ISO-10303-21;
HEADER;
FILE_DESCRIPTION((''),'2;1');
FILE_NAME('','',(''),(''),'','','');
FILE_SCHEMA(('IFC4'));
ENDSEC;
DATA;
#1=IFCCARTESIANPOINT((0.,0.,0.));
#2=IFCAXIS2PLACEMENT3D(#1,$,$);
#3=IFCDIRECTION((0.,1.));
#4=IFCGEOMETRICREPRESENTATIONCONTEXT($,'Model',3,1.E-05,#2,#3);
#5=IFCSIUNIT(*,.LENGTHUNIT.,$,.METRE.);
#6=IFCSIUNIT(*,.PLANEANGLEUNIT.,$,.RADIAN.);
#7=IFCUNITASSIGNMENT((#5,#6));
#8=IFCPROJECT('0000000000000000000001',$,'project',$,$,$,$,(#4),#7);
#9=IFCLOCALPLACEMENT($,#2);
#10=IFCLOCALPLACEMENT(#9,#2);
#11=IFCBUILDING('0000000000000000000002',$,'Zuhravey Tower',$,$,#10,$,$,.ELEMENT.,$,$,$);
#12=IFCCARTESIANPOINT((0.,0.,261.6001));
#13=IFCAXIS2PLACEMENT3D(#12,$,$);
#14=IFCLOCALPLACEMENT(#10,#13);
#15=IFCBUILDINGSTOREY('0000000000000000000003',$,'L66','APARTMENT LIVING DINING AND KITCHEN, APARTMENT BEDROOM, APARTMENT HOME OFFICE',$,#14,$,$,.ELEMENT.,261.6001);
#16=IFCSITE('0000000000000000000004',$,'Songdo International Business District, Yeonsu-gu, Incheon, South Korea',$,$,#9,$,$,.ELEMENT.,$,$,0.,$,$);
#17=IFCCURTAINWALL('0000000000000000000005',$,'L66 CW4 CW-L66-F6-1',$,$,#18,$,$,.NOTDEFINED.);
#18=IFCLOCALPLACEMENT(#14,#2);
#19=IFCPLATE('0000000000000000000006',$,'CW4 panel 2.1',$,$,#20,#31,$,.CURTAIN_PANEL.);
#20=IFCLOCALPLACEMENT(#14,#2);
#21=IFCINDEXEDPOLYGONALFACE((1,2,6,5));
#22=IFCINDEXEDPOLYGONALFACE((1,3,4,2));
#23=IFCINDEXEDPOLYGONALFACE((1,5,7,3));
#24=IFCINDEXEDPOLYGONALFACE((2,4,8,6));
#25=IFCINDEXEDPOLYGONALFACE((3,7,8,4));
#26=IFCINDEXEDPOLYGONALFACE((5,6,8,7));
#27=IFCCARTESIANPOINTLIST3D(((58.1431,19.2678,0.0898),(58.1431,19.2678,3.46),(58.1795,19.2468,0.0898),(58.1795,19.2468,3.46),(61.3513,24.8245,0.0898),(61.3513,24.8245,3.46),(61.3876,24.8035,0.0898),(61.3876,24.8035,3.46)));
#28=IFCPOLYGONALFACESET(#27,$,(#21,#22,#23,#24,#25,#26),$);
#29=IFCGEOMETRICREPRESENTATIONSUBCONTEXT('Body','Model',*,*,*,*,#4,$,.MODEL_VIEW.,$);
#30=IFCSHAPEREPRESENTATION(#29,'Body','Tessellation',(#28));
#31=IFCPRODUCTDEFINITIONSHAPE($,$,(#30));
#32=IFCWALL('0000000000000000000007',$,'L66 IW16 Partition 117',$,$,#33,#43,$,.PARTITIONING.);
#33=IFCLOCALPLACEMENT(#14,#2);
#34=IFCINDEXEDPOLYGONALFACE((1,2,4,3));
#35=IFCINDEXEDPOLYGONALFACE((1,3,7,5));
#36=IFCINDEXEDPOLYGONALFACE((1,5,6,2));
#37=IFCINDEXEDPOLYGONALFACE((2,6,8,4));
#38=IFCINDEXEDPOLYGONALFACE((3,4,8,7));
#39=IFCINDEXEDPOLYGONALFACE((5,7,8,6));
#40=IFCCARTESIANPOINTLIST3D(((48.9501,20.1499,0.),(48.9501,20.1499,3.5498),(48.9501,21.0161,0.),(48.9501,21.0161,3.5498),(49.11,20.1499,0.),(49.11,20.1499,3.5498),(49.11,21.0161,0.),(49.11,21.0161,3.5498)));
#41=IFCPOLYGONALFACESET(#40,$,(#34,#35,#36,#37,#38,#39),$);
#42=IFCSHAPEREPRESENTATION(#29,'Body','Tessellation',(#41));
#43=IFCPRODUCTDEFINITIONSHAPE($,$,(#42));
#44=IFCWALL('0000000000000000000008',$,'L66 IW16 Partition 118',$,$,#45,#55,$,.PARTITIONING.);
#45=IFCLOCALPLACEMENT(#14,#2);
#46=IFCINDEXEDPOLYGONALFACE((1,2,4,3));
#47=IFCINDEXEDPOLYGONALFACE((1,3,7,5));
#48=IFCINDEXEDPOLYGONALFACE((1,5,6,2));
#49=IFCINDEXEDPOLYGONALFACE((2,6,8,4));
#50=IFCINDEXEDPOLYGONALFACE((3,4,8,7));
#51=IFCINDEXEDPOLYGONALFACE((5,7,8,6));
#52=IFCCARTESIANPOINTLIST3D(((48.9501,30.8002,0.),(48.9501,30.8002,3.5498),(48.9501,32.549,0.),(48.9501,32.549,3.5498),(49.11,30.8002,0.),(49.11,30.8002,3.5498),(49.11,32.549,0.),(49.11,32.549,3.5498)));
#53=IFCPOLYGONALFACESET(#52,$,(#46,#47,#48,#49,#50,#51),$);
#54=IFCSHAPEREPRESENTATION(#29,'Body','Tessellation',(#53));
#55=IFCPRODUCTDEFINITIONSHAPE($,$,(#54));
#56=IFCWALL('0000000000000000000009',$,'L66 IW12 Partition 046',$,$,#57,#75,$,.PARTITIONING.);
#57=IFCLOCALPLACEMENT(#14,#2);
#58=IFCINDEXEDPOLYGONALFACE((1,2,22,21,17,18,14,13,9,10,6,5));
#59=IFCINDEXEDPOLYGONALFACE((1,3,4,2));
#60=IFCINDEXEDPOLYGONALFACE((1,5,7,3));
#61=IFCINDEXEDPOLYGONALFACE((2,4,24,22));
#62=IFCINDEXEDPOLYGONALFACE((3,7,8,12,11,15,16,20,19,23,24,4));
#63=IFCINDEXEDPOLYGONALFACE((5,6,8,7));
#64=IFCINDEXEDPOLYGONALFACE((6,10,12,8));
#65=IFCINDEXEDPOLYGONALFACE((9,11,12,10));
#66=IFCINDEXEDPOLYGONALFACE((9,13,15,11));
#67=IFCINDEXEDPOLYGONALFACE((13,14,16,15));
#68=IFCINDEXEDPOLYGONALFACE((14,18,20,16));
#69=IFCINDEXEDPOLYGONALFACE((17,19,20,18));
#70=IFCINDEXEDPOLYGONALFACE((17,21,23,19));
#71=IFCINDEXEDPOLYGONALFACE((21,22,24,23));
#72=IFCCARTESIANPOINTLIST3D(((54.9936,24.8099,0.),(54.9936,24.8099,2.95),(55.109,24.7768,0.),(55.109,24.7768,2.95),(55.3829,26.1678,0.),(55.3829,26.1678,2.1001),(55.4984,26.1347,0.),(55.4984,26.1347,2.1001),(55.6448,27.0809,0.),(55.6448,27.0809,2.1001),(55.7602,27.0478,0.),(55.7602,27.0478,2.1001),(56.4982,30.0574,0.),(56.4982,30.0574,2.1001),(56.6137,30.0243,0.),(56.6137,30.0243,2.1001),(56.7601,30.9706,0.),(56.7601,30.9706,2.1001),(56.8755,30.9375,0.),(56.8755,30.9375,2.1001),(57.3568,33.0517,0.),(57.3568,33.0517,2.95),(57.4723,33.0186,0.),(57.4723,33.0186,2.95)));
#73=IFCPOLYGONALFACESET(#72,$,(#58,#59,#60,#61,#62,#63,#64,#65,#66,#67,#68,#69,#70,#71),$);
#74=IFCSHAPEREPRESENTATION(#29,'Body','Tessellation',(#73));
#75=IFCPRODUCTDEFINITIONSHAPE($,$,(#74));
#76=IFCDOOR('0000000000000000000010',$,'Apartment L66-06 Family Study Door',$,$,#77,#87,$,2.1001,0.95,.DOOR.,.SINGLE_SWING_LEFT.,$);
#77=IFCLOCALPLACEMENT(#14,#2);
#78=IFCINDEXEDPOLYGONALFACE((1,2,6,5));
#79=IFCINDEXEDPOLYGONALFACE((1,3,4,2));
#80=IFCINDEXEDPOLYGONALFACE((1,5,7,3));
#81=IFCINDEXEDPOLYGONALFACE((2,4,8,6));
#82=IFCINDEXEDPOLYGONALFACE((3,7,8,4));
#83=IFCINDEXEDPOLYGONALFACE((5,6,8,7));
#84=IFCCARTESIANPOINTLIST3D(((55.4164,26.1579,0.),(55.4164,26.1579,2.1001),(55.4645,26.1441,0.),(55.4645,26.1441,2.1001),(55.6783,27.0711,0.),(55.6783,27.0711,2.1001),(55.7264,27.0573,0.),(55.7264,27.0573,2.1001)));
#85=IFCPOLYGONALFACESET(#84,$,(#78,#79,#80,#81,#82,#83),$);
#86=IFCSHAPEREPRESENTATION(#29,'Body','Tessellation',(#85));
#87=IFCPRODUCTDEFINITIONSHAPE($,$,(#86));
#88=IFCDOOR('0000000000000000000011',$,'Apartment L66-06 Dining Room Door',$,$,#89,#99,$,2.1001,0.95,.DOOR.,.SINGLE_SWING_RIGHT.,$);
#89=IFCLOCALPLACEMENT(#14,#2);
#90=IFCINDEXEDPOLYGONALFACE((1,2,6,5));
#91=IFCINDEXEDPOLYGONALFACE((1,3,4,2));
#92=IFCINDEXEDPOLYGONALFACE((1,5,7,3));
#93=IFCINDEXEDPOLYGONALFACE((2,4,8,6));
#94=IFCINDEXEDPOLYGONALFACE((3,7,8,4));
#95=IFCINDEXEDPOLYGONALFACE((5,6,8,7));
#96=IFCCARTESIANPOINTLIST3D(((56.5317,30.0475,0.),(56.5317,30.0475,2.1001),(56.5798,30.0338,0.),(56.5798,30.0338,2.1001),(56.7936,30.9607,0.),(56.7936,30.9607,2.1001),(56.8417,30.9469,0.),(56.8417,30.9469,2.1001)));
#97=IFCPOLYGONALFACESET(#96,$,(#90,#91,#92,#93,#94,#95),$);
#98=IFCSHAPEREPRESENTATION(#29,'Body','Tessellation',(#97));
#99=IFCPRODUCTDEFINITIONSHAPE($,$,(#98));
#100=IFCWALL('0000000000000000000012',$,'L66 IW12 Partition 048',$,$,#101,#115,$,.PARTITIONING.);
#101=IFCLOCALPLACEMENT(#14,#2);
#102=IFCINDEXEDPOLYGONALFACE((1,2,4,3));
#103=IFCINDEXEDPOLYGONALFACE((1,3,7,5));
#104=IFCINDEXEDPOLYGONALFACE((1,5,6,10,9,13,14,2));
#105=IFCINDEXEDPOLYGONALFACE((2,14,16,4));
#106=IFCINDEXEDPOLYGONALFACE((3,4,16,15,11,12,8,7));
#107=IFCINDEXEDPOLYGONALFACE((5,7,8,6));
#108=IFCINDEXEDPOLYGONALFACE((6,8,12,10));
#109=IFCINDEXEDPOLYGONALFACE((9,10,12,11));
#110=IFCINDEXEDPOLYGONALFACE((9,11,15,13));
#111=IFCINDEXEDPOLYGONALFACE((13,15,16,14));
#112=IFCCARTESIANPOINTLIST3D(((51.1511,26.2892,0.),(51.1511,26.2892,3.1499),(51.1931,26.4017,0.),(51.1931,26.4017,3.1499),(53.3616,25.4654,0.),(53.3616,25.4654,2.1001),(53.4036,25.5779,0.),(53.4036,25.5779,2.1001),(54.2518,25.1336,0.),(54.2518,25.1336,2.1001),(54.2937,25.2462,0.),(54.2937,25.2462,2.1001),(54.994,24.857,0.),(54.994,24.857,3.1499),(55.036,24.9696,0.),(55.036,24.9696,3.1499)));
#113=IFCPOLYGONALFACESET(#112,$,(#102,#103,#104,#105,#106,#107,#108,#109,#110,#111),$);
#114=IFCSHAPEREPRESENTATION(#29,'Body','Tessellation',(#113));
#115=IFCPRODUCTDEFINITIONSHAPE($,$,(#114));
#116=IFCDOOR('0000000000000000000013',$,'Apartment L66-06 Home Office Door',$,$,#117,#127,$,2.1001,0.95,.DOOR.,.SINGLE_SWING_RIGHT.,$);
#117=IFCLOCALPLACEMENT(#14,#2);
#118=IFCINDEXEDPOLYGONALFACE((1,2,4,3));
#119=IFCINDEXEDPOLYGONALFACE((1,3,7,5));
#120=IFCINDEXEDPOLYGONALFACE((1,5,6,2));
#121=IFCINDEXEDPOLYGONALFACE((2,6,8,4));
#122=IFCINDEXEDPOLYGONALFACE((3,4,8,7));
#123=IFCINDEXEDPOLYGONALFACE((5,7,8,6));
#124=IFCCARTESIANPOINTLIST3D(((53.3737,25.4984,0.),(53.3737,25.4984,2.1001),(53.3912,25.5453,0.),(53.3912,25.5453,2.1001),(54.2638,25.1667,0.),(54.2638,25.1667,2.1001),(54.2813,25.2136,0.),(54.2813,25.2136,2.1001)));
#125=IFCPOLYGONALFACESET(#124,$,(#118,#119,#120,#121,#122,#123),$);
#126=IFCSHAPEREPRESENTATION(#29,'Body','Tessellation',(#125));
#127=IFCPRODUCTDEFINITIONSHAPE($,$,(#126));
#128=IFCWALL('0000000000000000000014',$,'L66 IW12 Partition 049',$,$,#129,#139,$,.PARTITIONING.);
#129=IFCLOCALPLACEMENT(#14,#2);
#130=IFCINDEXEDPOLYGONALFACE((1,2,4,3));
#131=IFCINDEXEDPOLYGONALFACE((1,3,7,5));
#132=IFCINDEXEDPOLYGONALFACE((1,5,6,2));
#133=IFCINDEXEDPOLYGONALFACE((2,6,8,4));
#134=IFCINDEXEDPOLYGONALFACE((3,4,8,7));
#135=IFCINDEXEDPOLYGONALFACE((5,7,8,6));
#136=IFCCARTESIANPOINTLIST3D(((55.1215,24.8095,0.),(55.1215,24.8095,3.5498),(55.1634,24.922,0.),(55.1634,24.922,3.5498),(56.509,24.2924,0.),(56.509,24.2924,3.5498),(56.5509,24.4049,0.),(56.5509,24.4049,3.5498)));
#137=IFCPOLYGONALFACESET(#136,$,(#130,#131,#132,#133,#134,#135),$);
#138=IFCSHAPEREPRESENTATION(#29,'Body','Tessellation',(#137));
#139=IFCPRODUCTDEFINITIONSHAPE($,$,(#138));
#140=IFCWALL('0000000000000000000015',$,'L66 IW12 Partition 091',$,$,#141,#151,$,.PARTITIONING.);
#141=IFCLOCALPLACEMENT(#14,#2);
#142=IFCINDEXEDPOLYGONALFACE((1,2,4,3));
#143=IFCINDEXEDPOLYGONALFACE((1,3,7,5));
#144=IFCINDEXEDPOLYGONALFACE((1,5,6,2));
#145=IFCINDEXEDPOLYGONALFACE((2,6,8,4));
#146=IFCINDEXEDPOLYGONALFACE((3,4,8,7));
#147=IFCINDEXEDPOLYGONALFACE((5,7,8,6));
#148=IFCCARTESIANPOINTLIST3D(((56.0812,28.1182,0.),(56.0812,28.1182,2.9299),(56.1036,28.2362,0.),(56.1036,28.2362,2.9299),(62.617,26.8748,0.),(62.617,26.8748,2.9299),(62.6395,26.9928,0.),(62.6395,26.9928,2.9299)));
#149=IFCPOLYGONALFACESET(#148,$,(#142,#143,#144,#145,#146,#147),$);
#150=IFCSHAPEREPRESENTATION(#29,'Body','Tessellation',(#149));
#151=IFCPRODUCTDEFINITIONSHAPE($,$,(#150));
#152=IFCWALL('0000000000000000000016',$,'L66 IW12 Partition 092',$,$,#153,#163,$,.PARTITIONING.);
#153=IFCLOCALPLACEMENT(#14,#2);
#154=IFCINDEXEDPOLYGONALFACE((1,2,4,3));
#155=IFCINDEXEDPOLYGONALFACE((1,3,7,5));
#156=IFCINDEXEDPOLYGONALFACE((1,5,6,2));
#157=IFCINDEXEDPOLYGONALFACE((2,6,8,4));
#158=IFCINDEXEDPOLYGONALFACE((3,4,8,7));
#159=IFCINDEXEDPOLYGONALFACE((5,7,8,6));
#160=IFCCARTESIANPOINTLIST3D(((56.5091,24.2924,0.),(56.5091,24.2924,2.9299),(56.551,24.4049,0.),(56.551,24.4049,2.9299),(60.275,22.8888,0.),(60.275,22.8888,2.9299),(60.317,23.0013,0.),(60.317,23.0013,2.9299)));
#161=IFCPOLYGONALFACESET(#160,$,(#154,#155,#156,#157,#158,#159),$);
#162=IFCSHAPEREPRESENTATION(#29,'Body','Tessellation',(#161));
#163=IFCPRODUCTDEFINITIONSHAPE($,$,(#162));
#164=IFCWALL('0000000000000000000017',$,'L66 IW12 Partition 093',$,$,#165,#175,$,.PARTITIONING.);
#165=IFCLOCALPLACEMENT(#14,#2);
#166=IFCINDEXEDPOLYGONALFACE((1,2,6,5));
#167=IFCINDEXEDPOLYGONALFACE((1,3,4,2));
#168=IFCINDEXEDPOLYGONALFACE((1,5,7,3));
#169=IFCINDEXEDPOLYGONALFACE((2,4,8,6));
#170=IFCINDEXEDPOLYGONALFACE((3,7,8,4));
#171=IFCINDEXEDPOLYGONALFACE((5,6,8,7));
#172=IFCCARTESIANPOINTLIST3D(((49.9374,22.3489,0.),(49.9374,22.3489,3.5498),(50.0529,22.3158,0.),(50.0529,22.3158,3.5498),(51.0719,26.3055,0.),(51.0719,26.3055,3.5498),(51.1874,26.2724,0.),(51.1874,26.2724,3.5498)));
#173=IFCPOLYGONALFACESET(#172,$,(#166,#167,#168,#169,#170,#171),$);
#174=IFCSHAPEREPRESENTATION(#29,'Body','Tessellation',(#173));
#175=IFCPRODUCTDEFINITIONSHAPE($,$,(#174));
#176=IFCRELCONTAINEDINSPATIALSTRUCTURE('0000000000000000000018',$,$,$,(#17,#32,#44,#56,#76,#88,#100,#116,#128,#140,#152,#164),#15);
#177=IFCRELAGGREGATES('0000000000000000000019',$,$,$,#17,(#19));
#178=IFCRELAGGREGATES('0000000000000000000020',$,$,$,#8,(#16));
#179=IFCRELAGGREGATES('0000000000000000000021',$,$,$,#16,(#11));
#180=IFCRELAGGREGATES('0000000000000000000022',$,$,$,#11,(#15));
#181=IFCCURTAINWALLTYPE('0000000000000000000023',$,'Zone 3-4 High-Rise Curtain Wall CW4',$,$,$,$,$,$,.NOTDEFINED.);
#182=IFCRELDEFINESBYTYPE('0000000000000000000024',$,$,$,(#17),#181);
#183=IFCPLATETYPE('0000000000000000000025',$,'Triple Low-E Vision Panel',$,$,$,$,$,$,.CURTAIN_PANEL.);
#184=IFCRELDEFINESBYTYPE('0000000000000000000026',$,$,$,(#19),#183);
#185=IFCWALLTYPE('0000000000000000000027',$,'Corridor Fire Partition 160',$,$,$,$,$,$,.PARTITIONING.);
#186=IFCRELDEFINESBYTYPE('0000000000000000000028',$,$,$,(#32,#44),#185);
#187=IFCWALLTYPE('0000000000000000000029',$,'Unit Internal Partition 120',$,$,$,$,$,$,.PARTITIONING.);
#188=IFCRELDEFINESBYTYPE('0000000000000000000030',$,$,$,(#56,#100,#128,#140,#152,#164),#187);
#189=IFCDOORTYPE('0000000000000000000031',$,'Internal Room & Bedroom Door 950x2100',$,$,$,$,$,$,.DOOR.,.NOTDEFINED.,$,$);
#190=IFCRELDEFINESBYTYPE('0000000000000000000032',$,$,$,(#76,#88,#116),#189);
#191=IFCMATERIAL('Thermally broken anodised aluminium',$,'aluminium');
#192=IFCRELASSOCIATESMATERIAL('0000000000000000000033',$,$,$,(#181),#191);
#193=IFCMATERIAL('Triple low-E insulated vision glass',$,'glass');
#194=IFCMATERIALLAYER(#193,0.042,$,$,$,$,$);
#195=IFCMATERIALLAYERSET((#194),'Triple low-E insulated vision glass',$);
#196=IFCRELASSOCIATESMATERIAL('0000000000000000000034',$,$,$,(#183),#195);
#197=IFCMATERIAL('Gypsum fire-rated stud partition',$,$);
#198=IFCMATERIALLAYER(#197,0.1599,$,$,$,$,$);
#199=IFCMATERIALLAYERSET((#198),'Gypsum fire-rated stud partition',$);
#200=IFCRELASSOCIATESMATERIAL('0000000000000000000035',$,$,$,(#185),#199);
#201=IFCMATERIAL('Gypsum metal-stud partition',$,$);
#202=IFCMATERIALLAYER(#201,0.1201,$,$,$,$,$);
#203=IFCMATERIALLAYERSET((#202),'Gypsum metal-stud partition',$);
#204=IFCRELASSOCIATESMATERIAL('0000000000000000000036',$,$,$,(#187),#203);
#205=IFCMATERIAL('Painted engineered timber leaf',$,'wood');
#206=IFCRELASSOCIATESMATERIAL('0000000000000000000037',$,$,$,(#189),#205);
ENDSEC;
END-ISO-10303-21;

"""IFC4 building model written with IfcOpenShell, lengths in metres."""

from ifc_helpers import new_model, si_unit, direction, frame, frame_2d, origin, origin_2d, place, context, subcontext, project, spatial, rectangle, extrude, material, layer, layer_set, type_object, element, fill, aggregate, save


model = new_model("IFC4")

# Units and contexts
model_context = context("Model", 3, precision=1e-05, world=origin(), true_north=direction((0.0, 1.0)))
body_context = subcontext(model_context, "Body", "Model", "MODEL_VIEW")
ifc_project = project(units=[si_unit("LENGTHUNIT", "METRE"), si_unit("PLANEANGLEUNIT", "RADIAN")], contexts=[model_context])

# Site, building, storey
site_placement = place(None, origin())
site = spatial("IfcSite", under=ifc_project, at=site_placement, Name="Songdo International Business District, Yeonsu-gu, Incheon, South Korea", CompositionType="ELEMENT", RefElevation=0.0)
building_placement = place(site_placement, origin())
building = spatial("IfcBuilding", under=site, at=building_placement, Name="Zuhravey Tower", CompositionType="ELEMENT")
storey_placement = place(building_placement, frame((0.0, 0.0, 261.6001)))
storey = spatial("IfcBuildingStorey", under=building, at=storey_placement, Name="L66", Description="APARTMENT LIVING DINING AND KITCHEN, APARTMENT BEDROOM, APARTMENT HOME OFFICE", CompositionType="ELEMENT", Elevation=261.6001)

# Curtain wall
ifc_material_1 = material(Name="Thermally broken anodised aluminium", Category="aluminium")
curtain_wall_type = type_object("IfcCurtainWallType", Name="Zone 3-4 High-Rise Curtain Wall CW4", PredefinedType="NOTDEFINED", material=ifc_material_1)
curtain_wall_placement = place(storey_placement, origin())
curtain_wall = element("IfcCurtainWall", 1, at=curtain_wall_placement, inside=storey, type_object=curtain_wall_type, Name="L66 CW4 CW-L66-F6-1", PredefinedType="NOTDEFINED")

# Plate
ifc_material_2 = material(Name="Triple low-E insulated vision glass", Category="glass")
ifc_layer_1 = layer(ifc_material_2, 0.042)
ifc_layer_set_1 = layer_set([ifc_layer_1], Name="Triple low-E insulated vision glass")
plate_type_1 = type_object("IfcPlateType", Name="Triple Low-E Vision Panel", PredefinedType="CURTAIN_PANEL", material=ifc_layer_set_1)
plate_1_placement = place(storey_placement, frame((59.7654, 22.0356, 0.0898), z_axis=(0.0, 0.0, 1.0), x_axis=(-0.500001, -0.866025, 0.0)))
plate_1 = element("IfcPlate", 2, at=plate_1_placement, type_object=plate_type_1, Name="CW4 panel 2.1", PredefinedType="CURTAIN_PANEL", context=body_context, shape_type="SweptSolid", body=[
    extrude(rectangle(XDim=6.4163, YDim=0.042, at=origin_2d()), origin(), (0.0, 0.0, 1.0), 3.3701),
])
aggregate(curtain_wall, [plate_1])

# Walls
ifc_material_3 = material(Name="Gypsum fire-rated stud partition")
ifc_layer_2 = layer(ifc_material_3, 0.1599)
ifc_layer_set_2 = layer_set([ifc_layer_2], Name="Gypsum fire-rated stud partition")
wall_type_1 = type_object("IfcWallType", Name="Corridor Fire Partition 160", PredefinedType="PARTITIONING", material=ifc_layer_set_2)
wall_1_placement = place(storey_placement, frame((49.03, 20.1499, 0.0), z_axis=(0.0, 0.0, 1.0), x_axis=(0.0, 1.0, 0.0)))
element("IfcWall", 3, at=wall_1_placement, inside=storey, type_object=wall_type_1, Name="L66 IW16 Partition 117", PredefinedType="PARTITIONING", context=body_context, shape_type="SweptSolid", body=[
    extrude(rectangle(XDim=0.8662, YDim=0.1599, at=frame_2d((0.4331, 0.0))), origin(), (0.0, 0.0, 1.0), 3.5498),
])
wall_2_placement = place(storey_placement, frame((49.03, 30.8, 0.0), z_axis=(0.0, 0.0, 1.0), x_axis=(0.0, 1.0, 0.0)))
element("IfcWall", 4, at=wall_2_placement, inside=storey, type_object=wall_type_1, Name="L66 IW16 Partition 118", PredefinedType="PARTITIONING", context=body_context, shape_type="SweptSolid", body=[
    extrude(rectangle(XDim=1.7488, YDim=0.1599, at=frame_2d((0.8745, 0.0))), origin(), (0.0, 0.0, 1.0), 3.5498),
])

# Wall, openings, doors
ifc_material_4 = material(Name="Gypsum metal-stud partition")
ifc_layer_3 = layer(ifc_material_4, 0.1201)
ifc_layer_set_3 = layer_set([ifc_layer_3], Name="Gypsum metal-stud partition")
wall_type_2 = type_object("IfcWallType", Name="Unit Internal Partition 120", PredefinedType="PARTITIONING", material=ifc_layer_set_3)
wall_3_placement = place(storey_placement, frame((55.0513, 24.7932, 0.0), z_axis=(0.0, 0.0, 1.0), x_axis=(0.275631, 0.961263, 0.0)))
wall_3 = element("IfcWall", 5, at=wall_3_placement, inside=storey, type_object=wall_type_2, Name="L66 IW12 Partition 046", PredefinedType="PARTITIONING", context=body_context, shape_type="SweptSolid", body=[
    extrude(rectangle(XDim=8.574, YDim=0.1201, at=frame_2d((4.2871, 0.0))), origin(), (0.0, 0.0, 1.0), 2.95),
])
opening_1_placement = place(wall_3_placement, frame((1.4126, 0.0, 0.0)))
opening_1 = element("IfcOpeningElement", 6, at=opening_1_placement, cuts=wall_3, PredefinedType="OPENING", context=body_context, shape_type="SweptSolid", body=[
    extrude(rectangle(XDim=0.95, YDim=2.1001, at=frame_2d((0.4751, 1.05))), frame((0.0, 0.072, 0.0), z_axis=(0.0, -1.0, 0.0), x_axis=(1.0, 0.0, 0.0)), (0.0, 0.0, 1.0), 0.144),
])
opening_2_placement = place(wall_3_placement, frame((5.459, 0.0, 0.0)))
opening_2 = element("IfcOpeningElement", 7, at=opening_2_placement, cuts=wall_3, PredefinedType="OPENING", context=body_context, shape_type="SweptSolid", body=[
    extrude(rectangle(XDim=0.95, YDim=2.1001, at=frame_2d((0.4751, 1.05))), frame((0.0, 0.072, 0.0), z_axis=(0.0, -1.0, 0.0), x_axis=(1.0, 0.0, 0.0)), (0.0, 0.0, 1.0), 0.144),
])
ifc_material_5 = material(Name="Painted engineered timber leaf", Category="wood")
door_type = type_object("IfcDoorType", Name="Internal Room & Bedroom Door 950x2100", OperationType="NOTDEFINED", PredefinedType="DOOR", material=ifc_material_5)
door_1_placement = place(opening_1_placement, frame((0.95, 0.0, 0.0), z_axis=(0.0, 0.0, 1.0), x_axis=(-1.0, 0.0, 0.0)))
door_1 = element("IfcDoor", 8, at=door_1_placement, inside=storey, type_object=door_type, Name="Apartment L66-06 Family Study Door", OperationType="SINGLE_SWING_LEFT", OverallHeight=2.1001, OverallWidth=0.95, PredefinedType="DOOR", context=body_context, shape_type="SweptSolid", body=[
    extrude(rectangle(XDim=0.95, YDim=2.1001, at=frame_2d((0.4751, 1.05))), frame((0.0, 0.0249, 0.0), z_axis=(0.0, -1.0, 0.0), x_axis=(1.0, 0.0, 0.0)), (0.0, 0.0, 1.0), 0.05),
])
fill(opening_1, door_1)
door_2_placement = place(opening_2_placement, frame((0.95, 0.0, 0.0), z_axis=(0.0, 0.0, 1.0), x_axis=(-1.0, 0.0, 0.0)))
door_2 = element("IfcDoor", 9, at=door_2_placement, inside=storey, type_object=door_type, Name="Apartment L66-06 Dining Room Door", OperationType="SINGLE_SWING_RIGHT", OverallHeight=2.1001, OverallWidth=0.95, PredefinedType="DOOR", context=body_context, shape_type="SweptSolid", body=[
    extrude(rectangle(XDim=0.95, YDim=2.1001, at=frame_2d((0.4751, 1.05))), frame((0.0, 0.0249, 0.0), z_axis=(0.0, -1.0, 0.0), x_axis=(1.0, 0.0, 0.0)), (0.0, 0.0, 1.0), 0.05),
])
fill(opening_2, door_2)

# Wall, opening, door
wall_4_placement = place(storey_placement, frame((51.1721, 26.3455, 0.0), z_axis=(0.0, 0.0, 1.0), x_axis=(0.937042, -0.349218, 0.0)))
wall_4 = element("IfcWall", 10, at=wall_4_placement, inside=storey, type_object=wall_type_2, Name="L66 IW12 Partition 048", PredefinedType="PARTITIONING", context=body_context, shape_type="SweptSolid", body=[
    extrude(rectangle(XDim=4.1011, YDim=0.1201, at=frame_2d((2.0505, 0.0))), origin(), (0.0, 0.0, 1.0), 3.1499),
])
opening_3_placement = place(wall_4_placement, frame((2.3589, 0.0, 0.0)))
opening_3 = element("IfcOpeningElement", 11, at=opening_3_placement, cuts=wall_4, PredefinedType="OPENING", context=body_context, shape_type="SweptSolid", body=[
    extrude(rectangle(XDim=0.95, YDim=2.1001, at=frame_2d((0.4751, 1.05))), frame((0.0, 0.072, 0.0), z_axis=(0.0, -1.0, 0.0), x_axis=(1.0, 0.0, 0.0)), (0.0, 0.0, 1.0), 0.144),
])
door_3_placement = place(opening_3_placement, frame((0.95, 0.0, 0.0), z_axis=(0.0, 0.0, 1.0), x_axis=(-1.0, 0.0, 0.0)))
door_3 = element("IfcDoor", 12, at=door_3_placement, inside=storey, type_object=door_type, Name="Apartment L66-06 Home Office Door", OperationType="SINGLE_SWING_RIGHT", OverallHeight=2.1001, OverallWidth=0.95, PredefinedType="DOOR", context=body_context, shape_type="SweptSolid", body=[
    extrude(rectangle(XDim=0.95, YDim=2.1001, at=frame_2d((0.4751, 1.05))), frame((0.0, 0.0249, 0.0), z_axis=(0.0, -1.0, 0.0), x_axis=(1.0, 0.0, 0.0)), (0.0, 0.0, 1.0), 0.05),
])
fill(opening_3, door_3)

# Walls
wall_5_placement = place(storey_placement, frame((55.1426, 24.8657, 0.0), z_axis=(0.0, 0.0, 1.0), x_axis=(0.937039, -0.349225, 0.0)))
element("IfcWall", 13, at=wall_5_placement, inside=storey, type_object=wall_type_2, Name="L66 IW12 Partition 049", PredefinedType="PARTITIONING", context=body_context, shape_type="SweptSolid", body=[
    extrude(rectangle(XDim=1.4807, YDim=0.1201, at=frame_2d((0.7402, 0.0))), origin(), (0.0, 0.0, 1.0), 3.5498),
])
wall_6_placement = place(storey_placement, frame((56.0923, 28.1772, 0.0), z_axis=(0.0, 0.0, 1.0), x_axis=(0.982381, -0.186891, 0.0)))
element("IfcWall", 14, at=wall_6_placement, inside=storey, type_object=wall_type_2, Name="L66 IW12 Partition 091", PredefinedType="PARTITIONING", context=body_context, shape_type="SweptSolid", body=[
    extrude(rectangle(XDim=6.6531, YDim=0.1201, at=frame_2d((3.3267, 0.0))), origin(), (0.0, 0.0, 1.0), 2.9299),
])
wall_7_placement = place(storey_placement, frame((56.53, 24.3486, 0.0), z_axis=(0.0, 0.0, 1.0), x_axis=(0.937034, -0.349239, 0.0)))
element("IfcWall", 15, at=wall_7_placement, inside=storey, type_object=wall_type_2, Name="L66 IW12 Partition 092", PredefinedType="PARTITIONING", context=body_context, shape_type="SweptSolid", body=[
    extrude(rectangle(XDim=4.019, YDim=0.1201, at=frame_2d((2.0095, 0.0))), origin(), (0.0, 0.0, 1.0), 2.9299),
])
wall_8_placement = place(storey_placement, frame((49.9951, 22.3323, 0.0), z_axis=(0.0, 0.0, 1.0), x_axis=(0.275638, 0.961262, 0.0)))
element("IfcWall", 16, at=wall_8_placement, inside=storey, type_object=wall_type_2, Name="L66 IW12 Partition 093", PredefinedType="PARTITIONING", context=body_context, shape_type="SweptSolid", body=[
    extrude(rectangle(XDim=4.116, YDim=0.1201, at=frame_2d((2.0581, 0.0))), origin(), (0.0, 0.0, 1.0), 3.5498),
])

save(model, "model.ifc")
